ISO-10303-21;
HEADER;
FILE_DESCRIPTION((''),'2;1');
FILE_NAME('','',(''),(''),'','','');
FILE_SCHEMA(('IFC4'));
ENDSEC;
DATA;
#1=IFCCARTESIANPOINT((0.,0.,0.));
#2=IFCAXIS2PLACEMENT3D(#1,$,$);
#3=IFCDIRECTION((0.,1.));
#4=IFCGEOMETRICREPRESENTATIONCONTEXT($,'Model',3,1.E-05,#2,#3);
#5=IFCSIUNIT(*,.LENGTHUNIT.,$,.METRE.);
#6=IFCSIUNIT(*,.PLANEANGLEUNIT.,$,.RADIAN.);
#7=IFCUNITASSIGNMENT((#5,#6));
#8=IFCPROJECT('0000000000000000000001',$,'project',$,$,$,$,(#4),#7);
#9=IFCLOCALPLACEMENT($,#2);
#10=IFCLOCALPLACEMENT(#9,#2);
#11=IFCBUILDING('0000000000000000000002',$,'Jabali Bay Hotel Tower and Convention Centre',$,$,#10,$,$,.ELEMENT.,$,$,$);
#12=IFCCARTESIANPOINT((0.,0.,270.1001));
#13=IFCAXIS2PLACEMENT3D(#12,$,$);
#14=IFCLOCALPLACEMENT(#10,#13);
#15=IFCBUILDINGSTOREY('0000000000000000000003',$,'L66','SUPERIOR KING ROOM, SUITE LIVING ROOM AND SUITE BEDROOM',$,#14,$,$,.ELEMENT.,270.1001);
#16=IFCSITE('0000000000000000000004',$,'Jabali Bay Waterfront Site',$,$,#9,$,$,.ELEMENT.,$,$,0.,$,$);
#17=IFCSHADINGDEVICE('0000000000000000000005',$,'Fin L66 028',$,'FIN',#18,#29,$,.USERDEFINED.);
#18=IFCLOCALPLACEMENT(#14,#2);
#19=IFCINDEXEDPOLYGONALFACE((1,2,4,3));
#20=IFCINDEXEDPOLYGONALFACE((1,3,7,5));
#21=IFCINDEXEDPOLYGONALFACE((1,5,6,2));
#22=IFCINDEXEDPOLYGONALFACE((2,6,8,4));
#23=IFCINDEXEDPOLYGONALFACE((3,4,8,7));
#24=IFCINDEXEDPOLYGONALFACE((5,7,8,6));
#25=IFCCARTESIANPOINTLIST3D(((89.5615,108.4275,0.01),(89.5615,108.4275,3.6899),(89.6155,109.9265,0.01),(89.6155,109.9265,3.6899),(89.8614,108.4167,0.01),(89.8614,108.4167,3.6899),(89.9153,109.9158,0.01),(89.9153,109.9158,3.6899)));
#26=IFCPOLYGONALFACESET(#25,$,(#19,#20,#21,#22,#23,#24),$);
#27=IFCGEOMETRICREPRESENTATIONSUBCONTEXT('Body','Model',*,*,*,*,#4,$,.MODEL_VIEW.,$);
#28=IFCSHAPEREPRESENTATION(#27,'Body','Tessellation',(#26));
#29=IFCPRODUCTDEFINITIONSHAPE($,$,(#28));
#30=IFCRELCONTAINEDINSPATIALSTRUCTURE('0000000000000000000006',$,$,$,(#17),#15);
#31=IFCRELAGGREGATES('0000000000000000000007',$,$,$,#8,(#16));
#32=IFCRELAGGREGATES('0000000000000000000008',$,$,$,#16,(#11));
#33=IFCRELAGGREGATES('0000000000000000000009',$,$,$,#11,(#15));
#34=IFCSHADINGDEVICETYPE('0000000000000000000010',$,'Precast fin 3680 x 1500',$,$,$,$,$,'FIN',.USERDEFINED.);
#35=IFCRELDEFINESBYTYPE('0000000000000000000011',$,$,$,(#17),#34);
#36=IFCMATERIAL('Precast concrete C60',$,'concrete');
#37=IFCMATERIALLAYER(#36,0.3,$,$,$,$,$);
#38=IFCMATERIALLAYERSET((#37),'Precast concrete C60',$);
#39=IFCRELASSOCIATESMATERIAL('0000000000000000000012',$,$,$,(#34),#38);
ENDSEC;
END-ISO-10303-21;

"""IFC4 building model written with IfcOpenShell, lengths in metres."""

from ifc_helpers import new_model, si_unit, direction, frame, frame_2d, origin, place, context, subcontext, project, spatial, rectangle, extrude, material, layer, layer_set, type_object, element, save


model = new_model("IFC4")

# Units and contexts
model_context = context("Model", 3, precision=1e-05, world=origin(), true_north=direction((0.0, 1.0)))
body_context = subcontext(model_context, "Body", "Model", "MODEL_VIEW")
ifc_project = project(units=[si_unit("LENGTHUNIT", "METRE"), si_unit("PLANEANGLEUNIT", "RADIAN")], contexts=[model_context])

# Site, building, storey
site_placement = place(None, origin())
site = spatial("IfcSite", under=ifc_project, at=site_placement, Name="Jabali Bay Waterfront Site", CompositionType="ELEMENT", RefElevation=0.0)
building_placement = place(site_placement, origin())
building = spatial("IfcBuilding", under=site, at=building_placement, Name="Jabali Bay Hotel Tower and Convention Centre", CompositionType="ELEMENT")
storey_placement = place(building_placement, frame((0.0, 0.0, 270.1001)))
storey = spatial("IfcBuildingStorey", under=building, at=storey_placement, Name="L66", Description="SUPERIOR KING ROOM, SUITE LIVING ROOM AND SUITE BEDROOM", CompositionType="ELEMENT", Elevation=270.1001)

# Shading device
ifc_material_1 = material(Name="Precast concrete C60", Category="concrete")
ifc_layer_1 = layer(ifc_material_1, 0.3)
ifc_layer_set_1 = layer_set([ifc_layer_1], Name="Precast concrete C60")
shading_device_type_1 = type_object("IfcShadingDeviceType", Name="Precast fin 3680 x 1500", ElementType="FIN", PredefinedType="USERDEFINED", material=ifc_layer_set_1)
for number, where, z_axis, x_axis, name in (
    (1, (89.7114, 108.4221, 0.01), (0.0, 0.0, 1.0), (0.03597, 0.999353, 0.0), "Fin L66 028"),
):
    element("IfcShadingDevice", number, at=place(storey_placement, frame(where, z_axis=z_axis, x_axis=x_axis)), inside=storey, type_object=shading_device_type_1, Name=name, ObjectType="FIN", PredefinedType="USERDEFINED", context=body_context, shape_type="SweptSolid", body=[
        extrude(rectangle(XDim=1.5, YDim=0.3, at=frame_2d((0.75, 0.0))), origin(), (0.0, 0.0, 1.0), 3.6799),
    ])

save(model, "model.ifc")
